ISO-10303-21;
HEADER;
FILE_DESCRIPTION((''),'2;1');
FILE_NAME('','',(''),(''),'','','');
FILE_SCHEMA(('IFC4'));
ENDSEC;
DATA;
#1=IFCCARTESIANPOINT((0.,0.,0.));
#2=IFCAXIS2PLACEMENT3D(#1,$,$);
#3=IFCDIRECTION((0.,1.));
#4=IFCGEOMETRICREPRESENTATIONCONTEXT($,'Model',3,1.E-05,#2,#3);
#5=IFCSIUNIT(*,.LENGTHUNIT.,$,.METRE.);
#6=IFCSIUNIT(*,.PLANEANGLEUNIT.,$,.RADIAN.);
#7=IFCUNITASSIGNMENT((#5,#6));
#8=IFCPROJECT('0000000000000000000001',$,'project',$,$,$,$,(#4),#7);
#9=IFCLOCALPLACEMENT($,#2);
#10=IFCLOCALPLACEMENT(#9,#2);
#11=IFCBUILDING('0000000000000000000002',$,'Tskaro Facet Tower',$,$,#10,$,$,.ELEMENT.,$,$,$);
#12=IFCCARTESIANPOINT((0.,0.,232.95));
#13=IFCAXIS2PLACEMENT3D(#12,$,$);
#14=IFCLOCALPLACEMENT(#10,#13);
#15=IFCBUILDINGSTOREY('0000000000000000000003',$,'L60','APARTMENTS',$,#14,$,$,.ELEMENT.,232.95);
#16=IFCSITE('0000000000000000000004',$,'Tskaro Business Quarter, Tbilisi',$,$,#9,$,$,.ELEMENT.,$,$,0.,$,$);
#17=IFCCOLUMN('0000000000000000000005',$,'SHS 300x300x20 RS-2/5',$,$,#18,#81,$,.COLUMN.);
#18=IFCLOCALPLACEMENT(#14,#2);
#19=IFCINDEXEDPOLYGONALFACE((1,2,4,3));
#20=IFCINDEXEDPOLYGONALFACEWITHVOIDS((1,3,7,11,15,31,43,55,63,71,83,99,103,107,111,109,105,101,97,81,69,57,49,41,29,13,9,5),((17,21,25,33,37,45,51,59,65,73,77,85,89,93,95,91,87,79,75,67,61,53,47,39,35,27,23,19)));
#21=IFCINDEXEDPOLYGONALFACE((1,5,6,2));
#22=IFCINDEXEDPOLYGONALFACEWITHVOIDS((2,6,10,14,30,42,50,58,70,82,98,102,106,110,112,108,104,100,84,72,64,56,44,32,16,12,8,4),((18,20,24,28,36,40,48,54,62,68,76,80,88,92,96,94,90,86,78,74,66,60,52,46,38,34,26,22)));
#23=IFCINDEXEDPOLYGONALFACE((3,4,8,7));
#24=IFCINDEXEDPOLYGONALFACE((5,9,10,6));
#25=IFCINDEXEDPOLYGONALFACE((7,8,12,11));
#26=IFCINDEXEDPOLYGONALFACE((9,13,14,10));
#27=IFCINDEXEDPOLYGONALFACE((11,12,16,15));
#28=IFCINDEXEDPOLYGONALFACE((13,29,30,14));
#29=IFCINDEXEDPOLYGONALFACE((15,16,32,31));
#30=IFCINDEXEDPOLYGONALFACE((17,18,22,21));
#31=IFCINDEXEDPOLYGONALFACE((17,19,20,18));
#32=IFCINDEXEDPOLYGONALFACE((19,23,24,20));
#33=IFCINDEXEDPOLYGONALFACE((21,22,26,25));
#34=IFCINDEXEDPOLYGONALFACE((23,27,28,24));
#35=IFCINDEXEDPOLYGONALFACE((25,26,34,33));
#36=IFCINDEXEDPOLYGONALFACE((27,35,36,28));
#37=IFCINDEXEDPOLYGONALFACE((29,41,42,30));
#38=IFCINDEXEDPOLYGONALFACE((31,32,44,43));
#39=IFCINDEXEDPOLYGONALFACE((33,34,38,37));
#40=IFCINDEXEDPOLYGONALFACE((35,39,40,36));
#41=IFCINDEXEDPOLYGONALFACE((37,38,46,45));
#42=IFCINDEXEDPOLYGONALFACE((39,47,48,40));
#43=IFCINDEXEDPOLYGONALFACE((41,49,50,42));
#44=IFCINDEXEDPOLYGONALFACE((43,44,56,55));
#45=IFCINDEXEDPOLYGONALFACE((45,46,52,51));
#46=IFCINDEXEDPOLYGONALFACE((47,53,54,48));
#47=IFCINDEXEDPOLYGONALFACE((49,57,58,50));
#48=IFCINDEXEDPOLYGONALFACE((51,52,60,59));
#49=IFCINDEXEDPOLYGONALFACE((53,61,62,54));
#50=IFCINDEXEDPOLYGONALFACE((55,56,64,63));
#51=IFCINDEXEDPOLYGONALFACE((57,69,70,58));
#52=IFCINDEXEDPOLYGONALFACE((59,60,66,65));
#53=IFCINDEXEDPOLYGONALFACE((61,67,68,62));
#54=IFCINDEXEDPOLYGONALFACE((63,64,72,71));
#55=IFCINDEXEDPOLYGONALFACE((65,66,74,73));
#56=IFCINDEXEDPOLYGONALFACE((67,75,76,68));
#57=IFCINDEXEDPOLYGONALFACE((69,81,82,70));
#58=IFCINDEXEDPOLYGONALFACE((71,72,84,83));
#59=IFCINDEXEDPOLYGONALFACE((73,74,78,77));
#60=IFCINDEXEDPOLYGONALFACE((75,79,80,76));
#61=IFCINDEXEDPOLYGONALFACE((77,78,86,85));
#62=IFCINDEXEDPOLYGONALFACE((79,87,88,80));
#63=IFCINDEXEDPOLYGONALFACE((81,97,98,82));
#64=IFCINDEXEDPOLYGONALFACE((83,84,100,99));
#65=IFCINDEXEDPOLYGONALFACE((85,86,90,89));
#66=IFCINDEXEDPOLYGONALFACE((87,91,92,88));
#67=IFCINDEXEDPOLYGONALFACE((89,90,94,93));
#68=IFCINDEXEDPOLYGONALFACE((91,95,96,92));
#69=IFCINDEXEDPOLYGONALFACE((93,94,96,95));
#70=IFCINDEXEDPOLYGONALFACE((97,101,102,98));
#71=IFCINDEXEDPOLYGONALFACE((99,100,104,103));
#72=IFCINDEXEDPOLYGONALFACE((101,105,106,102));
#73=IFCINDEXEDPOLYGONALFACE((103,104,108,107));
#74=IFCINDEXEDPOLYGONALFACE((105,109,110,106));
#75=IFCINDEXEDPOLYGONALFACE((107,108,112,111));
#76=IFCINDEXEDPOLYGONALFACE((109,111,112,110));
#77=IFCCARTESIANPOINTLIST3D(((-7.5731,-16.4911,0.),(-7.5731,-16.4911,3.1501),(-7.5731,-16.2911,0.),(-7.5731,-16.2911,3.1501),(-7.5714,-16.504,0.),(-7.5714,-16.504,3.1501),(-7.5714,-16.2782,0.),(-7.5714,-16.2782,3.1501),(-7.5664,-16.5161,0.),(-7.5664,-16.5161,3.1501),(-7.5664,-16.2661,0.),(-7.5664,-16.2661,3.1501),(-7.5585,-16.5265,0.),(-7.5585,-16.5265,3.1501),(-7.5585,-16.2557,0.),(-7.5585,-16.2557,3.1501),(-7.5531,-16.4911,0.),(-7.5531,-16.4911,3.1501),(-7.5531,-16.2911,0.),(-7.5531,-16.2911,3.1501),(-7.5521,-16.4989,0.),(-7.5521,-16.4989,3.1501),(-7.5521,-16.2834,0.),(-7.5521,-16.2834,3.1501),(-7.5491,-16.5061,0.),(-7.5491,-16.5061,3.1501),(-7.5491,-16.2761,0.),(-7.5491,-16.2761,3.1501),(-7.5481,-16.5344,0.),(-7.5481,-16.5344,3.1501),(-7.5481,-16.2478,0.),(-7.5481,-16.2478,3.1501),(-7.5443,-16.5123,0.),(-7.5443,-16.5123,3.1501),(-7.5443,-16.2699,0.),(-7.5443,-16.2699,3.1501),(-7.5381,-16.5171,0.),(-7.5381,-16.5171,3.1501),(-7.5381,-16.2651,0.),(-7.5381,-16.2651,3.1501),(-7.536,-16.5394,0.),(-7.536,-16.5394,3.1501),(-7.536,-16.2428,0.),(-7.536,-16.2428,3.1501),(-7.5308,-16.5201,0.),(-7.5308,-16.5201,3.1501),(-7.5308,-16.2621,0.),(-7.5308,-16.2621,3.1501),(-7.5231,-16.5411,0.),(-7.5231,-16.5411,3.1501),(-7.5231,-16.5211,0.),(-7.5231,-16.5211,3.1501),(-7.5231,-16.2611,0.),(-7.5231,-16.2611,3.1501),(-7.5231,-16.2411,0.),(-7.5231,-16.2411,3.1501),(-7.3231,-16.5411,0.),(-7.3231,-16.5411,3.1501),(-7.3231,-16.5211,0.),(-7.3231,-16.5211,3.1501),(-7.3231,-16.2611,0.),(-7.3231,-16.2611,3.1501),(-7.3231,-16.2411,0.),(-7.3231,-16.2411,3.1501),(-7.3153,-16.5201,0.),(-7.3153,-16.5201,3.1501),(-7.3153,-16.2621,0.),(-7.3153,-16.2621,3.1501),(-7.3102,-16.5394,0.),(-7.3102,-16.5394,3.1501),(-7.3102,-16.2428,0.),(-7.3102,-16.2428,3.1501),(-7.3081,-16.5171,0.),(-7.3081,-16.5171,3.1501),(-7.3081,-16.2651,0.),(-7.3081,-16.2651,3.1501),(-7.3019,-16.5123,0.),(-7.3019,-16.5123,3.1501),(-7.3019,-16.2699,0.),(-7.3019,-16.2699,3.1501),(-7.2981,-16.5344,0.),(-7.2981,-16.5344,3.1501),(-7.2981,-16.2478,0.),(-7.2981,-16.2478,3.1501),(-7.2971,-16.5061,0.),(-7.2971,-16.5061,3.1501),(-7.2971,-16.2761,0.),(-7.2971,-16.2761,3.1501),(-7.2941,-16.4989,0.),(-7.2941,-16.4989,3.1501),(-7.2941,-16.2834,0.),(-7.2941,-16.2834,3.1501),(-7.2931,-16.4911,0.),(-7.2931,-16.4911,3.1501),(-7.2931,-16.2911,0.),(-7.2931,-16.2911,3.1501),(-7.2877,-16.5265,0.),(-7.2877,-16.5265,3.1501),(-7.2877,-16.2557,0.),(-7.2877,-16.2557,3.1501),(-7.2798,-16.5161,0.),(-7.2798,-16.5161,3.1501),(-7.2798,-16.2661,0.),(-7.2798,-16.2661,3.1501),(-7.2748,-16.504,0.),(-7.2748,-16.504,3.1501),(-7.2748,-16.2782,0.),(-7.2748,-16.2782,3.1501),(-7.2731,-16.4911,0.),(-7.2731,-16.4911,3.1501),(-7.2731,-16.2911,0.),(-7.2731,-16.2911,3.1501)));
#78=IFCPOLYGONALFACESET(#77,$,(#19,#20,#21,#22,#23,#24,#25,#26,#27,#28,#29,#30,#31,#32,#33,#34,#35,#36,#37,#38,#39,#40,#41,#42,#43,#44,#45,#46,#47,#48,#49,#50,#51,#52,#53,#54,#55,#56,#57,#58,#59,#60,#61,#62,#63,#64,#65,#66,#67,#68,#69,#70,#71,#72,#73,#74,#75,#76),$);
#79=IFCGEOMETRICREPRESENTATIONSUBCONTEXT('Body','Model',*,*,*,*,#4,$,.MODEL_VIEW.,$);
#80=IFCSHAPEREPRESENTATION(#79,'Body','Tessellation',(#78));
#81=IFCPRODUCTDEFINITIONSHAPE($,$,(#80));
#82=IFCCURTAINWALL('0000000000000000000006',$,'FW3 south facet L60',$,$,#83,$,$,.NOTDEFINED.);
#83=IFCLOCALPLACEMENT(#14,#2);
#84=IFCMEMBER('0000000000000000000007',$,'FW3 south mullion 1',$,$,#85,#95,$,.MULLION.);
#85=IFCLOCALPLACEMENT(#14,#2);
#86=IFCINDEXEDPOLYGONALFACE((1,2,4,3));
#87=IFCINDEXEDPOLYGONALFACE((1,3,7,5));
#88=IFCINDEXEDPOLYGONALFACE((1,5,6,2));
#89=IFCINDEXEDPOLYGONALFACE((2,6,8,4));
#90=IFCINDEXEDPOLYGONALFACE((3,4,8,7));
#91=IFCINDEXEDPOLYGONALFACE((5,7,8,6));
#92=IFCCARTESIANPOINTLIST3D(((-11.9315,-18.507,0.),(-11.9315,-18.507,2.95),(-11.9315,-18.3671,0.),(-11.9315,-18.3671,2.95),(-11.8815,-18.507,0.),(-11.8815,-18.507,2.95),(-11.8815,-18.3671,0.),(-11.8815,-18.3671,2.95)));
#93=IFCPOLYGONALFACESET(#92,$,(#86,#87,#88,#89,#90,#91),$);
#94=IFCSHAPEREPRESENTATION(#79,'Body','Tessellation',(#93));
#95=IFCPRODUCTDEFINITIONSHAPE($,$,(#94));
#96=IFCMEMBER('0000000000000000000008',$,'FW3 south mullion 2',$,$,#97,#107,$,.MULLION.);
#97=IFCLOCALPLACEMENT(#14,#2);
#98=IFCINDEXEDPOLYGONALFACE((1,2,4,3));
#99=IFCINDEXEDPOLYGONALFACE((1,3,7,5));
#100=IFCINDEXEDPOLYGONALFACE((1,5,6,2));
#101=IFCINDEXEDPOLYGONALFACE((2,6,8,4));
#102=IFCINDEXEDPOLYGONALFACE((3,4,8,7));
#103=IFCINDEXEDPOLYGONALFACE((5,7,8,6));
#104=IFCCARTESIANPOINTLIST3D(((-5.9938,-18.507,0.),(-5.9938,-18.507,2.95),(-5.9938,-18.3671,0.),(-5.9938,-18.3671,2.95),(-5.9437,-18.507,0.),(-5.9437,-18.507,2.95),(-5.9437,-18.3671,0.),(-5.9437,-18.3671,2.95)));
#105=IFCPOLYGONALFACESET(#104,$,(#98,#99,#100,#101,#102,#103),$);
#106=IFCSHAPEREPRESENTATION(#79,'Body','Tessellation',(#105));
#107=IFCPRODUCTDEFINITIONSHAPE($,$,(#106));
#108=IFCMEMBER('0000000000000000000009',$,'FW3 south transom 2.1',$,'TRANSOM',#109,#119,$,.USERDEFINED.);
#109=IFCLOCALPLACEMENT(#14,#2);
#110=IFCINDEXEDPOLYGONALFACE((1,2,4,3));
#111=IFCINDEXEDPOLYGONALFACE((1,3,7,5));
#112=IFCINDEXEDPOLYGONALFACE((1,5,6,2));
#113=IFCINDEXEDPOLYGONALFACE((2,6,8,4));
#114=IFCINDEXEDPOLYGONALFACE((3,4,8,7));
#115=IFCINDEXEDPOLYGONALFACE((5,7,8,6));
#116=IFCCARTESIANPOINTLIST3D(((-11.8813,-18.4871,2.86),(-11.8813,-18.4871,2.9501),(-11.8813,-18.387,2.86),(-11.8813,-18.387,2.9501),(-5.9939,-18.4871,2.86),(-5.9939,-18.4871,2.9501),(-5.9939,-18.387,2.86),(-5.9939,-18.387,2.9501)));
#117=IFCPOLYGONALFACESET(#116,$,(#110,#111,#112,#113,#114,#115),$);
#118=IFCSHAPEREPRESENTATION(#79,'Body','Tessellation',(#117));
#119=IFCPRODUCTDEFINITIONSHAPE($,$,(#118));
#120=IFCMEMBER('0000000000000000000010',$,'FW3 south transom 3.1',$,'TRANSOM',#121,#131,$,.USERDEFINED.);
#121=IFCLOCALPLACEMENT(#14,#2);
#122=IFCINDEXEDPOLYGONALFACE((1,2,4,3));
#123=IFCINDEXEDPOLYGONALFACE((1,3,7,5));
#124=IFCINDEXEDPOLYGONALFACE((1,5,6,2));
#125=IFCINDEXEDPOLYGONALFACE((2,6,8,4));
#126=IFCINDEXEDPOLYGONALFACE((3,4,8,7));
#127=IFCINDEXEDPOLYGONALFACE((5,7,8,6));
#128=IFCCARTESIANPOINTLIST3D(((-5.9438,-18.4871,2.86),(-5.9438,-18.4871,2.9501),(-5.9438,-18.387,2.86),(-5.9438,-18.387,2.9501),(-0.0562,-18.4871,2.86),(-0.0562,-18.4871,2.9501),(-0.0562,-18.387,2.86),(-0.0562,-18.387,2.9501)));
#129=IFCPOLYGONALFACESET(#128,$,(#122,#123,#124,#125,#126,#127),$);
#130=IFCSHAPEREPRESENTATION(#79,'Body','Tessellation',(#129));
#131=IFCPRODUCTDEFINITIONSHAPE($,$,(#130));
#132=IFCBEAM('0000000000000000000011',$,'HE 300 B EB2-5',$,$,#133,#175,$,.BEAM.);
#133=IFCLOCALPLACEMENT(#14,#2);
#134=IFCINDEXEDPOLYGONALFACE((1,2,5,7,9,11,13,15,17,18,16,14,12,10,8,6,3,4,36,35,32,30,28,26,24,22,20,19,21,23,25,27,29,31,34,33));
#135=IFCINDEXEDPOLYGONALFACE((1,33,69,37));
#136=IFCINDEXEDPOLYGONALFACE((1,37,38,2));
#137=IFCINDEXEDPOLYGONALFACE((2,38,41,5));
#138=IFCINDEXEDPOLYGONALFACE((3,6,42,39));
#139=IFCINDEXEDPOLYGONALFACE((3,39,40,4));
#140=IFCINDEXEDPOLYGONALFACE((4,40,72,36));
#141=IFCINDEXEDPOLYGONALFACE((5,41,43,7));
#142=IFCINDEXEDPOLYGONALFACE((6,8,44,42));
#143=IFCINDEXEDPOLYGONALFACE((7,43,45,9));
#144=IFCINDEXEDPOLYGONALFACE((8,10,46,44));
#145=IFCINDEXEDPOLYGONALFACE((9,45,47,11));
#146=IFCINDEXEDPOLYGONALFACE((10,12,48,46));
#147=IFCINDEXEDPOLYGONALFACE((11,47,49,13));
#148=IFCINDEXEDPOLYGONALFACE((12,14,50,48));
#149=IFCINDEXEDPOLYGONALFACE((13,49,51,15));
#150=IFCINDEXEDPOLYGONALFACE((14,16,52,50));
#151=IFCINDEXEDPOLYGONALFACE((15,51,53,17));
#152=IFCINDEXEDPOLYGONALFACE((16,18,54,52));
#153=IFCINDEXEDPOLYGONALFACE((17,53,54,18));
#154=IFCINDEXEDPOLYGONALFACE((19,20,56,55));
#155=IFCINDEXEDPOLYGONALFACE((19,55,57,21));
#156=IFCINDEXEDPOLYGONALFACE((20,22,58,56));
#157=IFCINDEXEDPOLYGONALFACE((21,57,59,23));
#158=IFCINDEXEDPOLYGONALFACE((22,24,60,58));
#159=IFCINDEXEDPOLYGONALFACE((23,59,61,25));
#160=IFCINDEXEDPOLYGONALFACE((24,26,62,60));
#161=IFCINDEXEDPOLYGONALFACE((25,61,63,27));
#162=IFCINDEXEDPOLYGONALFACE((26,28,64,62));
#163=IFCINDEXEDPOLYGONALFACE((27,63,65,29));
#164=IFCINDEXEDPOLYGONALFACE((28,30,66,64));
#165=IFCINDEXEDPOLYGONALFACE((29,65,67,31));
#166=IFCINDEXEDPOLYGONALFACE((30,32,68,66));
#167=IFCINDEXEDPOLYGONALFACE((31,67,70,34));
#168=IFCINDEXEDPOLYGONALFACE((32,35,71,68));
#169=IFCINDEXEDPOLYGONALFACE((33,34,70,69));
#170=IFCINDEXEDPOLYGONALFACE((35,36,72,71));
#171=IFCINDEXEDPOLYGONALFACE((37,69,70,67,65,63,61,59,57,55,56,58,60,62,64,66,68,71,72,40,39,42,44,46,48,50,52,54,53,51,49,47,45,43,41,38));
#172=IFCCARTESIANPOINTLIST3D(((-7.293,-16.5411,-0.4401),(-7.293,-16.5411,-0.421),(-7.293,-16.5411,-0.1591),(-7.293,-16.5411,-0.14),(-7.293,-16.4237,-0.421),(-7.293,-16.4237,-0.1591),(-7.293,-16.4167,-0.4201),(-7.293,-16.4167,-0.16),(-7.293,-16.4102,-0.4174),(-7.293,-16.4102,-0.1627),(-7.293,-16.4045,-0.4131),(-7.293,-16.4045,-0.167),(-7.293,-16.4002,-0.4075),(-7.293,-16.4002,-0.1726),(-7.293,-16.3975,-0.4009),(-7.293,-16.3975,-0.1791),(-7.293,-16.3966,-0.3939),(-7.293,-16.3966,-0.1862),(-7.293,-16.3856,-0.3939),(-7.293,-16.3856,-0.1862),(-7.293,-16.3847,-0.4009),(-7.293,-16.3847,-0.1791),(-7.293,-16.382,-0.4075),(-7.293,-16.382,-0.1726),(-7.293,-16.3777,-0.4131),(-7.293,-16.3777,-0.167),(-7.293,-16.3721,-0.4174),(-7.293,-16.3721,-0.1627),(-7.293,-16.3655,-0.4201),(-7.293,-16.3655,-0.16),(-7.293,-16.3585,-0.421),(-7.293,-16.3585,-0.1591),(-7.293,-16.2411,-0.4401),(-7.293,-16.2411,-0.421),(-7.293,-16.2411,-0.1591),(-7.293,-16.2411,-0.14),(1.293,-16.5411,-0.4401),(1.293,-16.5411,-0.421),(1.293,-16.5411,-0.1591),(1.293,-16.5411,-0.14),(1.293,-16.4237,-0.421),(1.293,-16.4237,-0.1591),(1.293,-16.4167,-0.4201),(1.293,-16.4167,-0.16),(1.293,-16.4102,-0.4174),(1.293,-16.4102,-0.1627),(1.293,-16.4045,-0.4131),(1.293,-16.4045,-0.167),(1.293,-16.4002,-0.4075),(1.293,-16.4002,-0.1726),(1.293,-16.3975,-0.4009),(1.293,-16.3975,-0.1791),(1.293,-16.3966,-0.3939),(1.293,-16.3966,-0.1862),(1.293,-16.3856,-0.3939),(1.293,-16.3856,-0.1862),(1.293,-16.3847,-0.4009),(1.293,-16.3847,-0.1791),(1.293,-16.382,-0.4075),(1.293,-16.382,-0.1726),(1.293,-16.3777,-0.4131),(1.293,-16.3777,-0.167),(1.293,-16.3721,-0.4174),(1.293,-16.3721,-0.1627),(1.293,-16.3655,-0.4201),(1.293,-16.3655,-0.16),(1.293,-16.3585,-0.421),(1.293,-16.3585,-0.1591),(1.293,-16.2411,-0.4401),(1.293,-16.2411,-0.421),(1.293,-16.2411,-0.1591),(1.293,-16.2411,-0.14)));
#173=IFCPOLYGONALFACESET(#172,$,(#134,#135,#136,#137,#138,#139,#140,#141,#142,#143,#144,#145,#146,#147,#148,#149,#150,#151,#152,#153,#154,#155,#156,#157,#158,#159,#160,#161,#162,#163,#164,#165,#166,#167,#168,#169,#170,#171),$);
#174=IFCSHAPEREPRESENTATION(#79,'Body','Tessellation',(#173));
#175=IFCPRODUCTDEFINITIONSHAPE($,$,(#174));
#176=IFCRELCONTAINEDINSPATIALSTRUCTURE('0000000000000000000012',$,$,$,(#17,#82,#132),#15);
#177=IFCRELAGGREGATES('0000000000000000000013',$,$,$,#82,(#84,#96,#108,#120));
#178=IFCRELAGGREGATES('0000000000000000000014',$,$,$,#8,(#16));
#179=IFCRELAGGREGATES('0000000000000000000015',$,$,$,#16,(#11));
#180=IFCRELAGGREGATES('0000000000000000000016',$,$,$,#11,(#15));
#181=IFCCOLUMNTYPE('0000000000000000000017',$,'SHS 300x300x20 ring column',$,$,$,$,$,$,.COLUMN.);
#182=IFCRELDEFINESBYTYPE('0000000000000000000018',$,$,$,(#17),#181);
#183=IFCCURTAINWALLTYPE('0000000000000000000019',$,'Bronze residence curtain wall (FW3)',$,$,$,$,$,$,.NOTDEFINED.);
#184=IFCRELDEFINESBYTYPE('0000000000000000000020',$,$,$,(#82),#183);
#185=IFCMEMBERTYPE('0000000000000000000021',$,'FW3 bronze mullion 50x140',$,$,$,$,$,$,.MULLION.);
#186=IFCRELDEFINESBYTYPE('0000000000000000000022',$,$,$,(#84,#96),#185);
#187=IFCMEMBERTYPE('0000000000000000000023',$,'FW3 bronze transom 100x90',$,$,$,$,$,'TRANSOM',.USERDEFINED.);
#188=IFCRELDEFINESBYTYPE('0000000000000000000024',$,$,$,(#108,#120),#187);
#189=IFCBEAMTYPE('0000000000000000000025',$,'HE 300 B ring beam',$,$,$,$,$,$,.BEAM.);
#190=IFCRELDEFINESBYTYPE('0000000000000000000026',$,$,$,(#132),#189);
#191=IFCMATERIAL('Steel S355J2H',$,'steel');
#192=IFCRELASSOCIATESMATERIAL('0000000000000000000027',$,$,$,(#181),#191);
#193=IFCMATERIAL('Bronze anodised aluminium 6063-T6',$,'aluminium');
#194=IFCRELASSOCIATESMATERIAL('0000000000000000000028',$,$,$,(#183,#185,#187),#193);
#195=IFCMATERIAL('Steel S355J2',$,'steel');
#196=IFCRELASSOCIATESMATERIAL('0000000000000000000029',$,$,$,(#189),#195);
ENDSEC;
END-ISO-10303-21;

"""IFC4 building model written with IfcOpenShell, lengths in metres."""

from ifc_helpers import new_model, si_unit, direction, frame, origin, origin_2d, place, context, subcontext, project, spatial, rectangle, hollow_rectangle, i_section, extrude, material, material_profile, profile_set, type_object, element, aggregate, save


model = new_model("IFC4")

# Units and contexts
model_context = context("Model", 3, precision=1e-05, world=origin(), true_north=direction((0.0, 1.0)))
body_context = subcontext(model_context, "Body", "Model", "MODEL_VIEW")
ifc_project = project(units=[si_unit("LENGTHUNIT", "METRE"), si_unit("PLANEANGLEUNIT", "RADIAN")], contexts=[model_context])

# Site, building, storey
site_placement = place(None, origin())
site = spatial("IfcSite", under=ifc_project, at=site_placement, Name="Tskaro Business Quarter, Tbilisi", CompositionType="ELEMENT", RefElevation=0.0)
building_placement = place(site_placement, origin())
building = spatial("IfcBuilding", under=site, at=building_placement, Name="Tskaro Facet Tower", CompositionType="ELEMENT")
storey_placement = place(building_placement, frame((0.0, 0.0, 232.95)))
storey = spatial("IfcBuildingStorey", under=building, at=storey_placement, Name="L60", Description="APARTMENTS", CompositionType="ELEMENT", Elevation=232.95)

# Column
ifc_material_1 = material(Name="Steel S355J2H", Category="steel")
ifc_material_profile_1 = material_profile(ifc_material_1, hollow_rectangle(XDim=0.3, YDim=0.3, WallThickness=0.02, InnerFilletRadius=0.03, OuterFilletRadius=0.05, at=origin_2d()), Name="SHS 300x300x20")
ifc_profile_set_1 = profile_set([ifc_material_profile_1], Name="Steel S355J2H")
column_type = type_object("IfcColumnType", Name="SHS 300x300x20 ring column", PredefinedType="COLUMN", material=ifc_profile_set_1)
column_placement = place(storey_placement, frame((-7.4231, -16.3911, 0.0), z_axis=(0.0, 0.0, 1.0), x_axis=(1.0, 0.0, 0.0)))
element("IfcColumn", 1, at=column_placement, inside=storey, type_object=column_type, Name="SHS 300x300x20 RS-2/5", PredefinedType="COLUMN", context=body_context, shape_type="SweptSolid", body=[
    extrude(hollow_rectangle(XDim=0.3, YDim=0.3, WallThickness=0.02, InnerFilletRadius=0.03, OuterFilletRadius=0.05, at=origin_2d()), origin(), (0.0, 0.0, 1.0), 3.1501),
])

# Curtain wall, members
ifc_material_2 = material(Name="Bronze anodised aluminium 6063-T6", Category="aluminium")
curtain_wall_type = type_object("IfcCurtainWallType", Name="Bronze residence curtain wall (FW3)", PredefinedType="NOTDEFINED", material=ifc_material_2)
curtain_wall_placement = place(storey_placement, origin())
curtain_wall = element("IfcCurtainWall", 2, at=curtain_wall_placement, inside=storey, type_object=curtain_wall_type, Name="FW3 south facet L60", PredefinedType="NOTDEFINED")
ifc_material_profile_2 = material_profile(ifc_material_2, rectangle(XDim=0.05, YDim=0.1399, at=origin_2d()), Name="Mullion 50x140")
ifc_profile_set_2 = profile_set([ifc_material_profile_2], Name="Bronze anodised aluminium 6063-T6")
member_type_1 = type_object("IfcMemberType", Name="FW3 bronze mullion 50x140", PredefinedType="MULLION", material=ifc_profile_set_2)
member_1_placement = place(storey_placement, frame((-11.9065, -18.437, 0.0), z_axis=(0.0, 0.0, 1.0), x_axis=(1.0, 0.0, 0.0)))
member_1 = element("IfcMember", 3, at=member_1_placement, type_object=member_type_1, Name="FW3 south mullion 1", PredefinedType="MULLION", context=body_context, shape_type="SweptSolid", body=[
    extrude(rectangle(XDim=0.05, YDim=0.1399, at=origin_2d()), origin(), (0.0, 0.0, 1.0), 2.95),
])
member_2_placement = place(storey_placement, frame((-5.9688, -18.437, 0.0), z_axis=(0.0, 0.0, 1.0), x_axis=(1.0, 0.0, 0.0)))
member_2 = element("IfcMember", 4, at=member_2_placement, type_object=member_type_1, Name="FW3 south mullion 2", PredefinedType="MULLION", context=body_context, shape_type="SweptSolid", body=[
    extrude(rectangle(XDim=0.05, YDim=0.1399, at=origin_2d()), origin(), (0.0, 0.0, 1.0), 2.95),
])
ifc_material_profile_3 = material_profile(ifc_material_2, rectangle(XDim=0.1001, YDim=0.0901, at=origin_2d()), Name="Transom 100x90")
ifc_profile_set_3 = profile_set([ifc_material_profile_3], Name="Bronze anodised aluminium 6063-T6")
member_type_2 = type_object("IfcMemberType", Name="FW3 bronze transom 100x90", ElementType="TRANSOM", PredefinedType="USERDEFINED", material=ifc_profile_set_3)
member_3_placement = place(storey_placement, frame((-11.8813, -18.437, 2.905), z_axis=(1.0, 0.0, 0.0), x_axis=(0.0, 1.0, 0.0)))
member_3 = element("IfcMember", 5, at=member_3_placement, type_object=member_type_2, Name="FW3 south transom 2.1", ObjectType="TRANSOM", PredefinedType="USERDEFINED", context=body_context, shape_type="SweptSolid", body=[
    extrude(rectangle(XDim=0.1001, YDim=0.0901, at=origin_2d()), origin(), (0.0, 0.0, 1.0), 5.8875),
])
member_4_placement = place(storey_placement, frame((-5.9438, -18.437, 2.905), z_axis=(1.0, 0.0, 0.0), x_axis=(0.0, 1.0, 0.0)))
member_4 = element("IfcMember", 6, at=member_4_placement, type_object=member_type_2, Name="FW3 south transom 3.1", ObjectType="TRANSOM", PredefinedType="USERDEFINED", context=body_context, shape_type="SweptSolid", body=[
    extrude(rectangle(XDim=0.1001, YDim=0.0901, at=origin_2d()), origin(), (0.0, 0.0, 1.0), 5.8877),
])

# Beam
ifc_material_3 = material(Name="Steel S355J2", Category="steel")
ifc_material_profile_4 = material_profile(ifc_material_3, i_section(OverallWidth=0.3, OverallDepth=0.3, WebThickness=0.011, FlangeThickness=0.019, FilletRadius=0.0271, at=origin_2d()), Name="HE 300 B")
ifc_profile_set_4 = profile_set([ifc_material_profile_4], Name="Steel S355J2")
beam_type_1 = type_object("IfcBeamType", Name="HE 300 B ring beam", PredefinedType="BEAM", material=ifc_profile_set_4)
beam_1_placement = place(storey_placement, frame((-7.293, -16.3911, -0.29), z_axis=(1.0, 0.0, 0.0), x_axis=(0.0, 1.0, 0.0)))
element("IfcBeam", 7, at=beam_1_placement, inside=storey, type_object=beam_type_1, Name="HE 300 B EB2-5", PredefinedType="BEAM", context=body_context, shape_type="SweptSolid", body=[
    extrude(i_section(OverallWidth=0.3, OverallDepth=0.3, WebThickness=0.011, FlangeThickness=0.019, FilletRadius=0.0271, at=origin_2d()), origin(), (0.0, 0.0, 1.0), 8.5859),
])

aggregate(curtain_wall, [member_1, member_2, member_3, member_4])

save(model, "model.ifc")
